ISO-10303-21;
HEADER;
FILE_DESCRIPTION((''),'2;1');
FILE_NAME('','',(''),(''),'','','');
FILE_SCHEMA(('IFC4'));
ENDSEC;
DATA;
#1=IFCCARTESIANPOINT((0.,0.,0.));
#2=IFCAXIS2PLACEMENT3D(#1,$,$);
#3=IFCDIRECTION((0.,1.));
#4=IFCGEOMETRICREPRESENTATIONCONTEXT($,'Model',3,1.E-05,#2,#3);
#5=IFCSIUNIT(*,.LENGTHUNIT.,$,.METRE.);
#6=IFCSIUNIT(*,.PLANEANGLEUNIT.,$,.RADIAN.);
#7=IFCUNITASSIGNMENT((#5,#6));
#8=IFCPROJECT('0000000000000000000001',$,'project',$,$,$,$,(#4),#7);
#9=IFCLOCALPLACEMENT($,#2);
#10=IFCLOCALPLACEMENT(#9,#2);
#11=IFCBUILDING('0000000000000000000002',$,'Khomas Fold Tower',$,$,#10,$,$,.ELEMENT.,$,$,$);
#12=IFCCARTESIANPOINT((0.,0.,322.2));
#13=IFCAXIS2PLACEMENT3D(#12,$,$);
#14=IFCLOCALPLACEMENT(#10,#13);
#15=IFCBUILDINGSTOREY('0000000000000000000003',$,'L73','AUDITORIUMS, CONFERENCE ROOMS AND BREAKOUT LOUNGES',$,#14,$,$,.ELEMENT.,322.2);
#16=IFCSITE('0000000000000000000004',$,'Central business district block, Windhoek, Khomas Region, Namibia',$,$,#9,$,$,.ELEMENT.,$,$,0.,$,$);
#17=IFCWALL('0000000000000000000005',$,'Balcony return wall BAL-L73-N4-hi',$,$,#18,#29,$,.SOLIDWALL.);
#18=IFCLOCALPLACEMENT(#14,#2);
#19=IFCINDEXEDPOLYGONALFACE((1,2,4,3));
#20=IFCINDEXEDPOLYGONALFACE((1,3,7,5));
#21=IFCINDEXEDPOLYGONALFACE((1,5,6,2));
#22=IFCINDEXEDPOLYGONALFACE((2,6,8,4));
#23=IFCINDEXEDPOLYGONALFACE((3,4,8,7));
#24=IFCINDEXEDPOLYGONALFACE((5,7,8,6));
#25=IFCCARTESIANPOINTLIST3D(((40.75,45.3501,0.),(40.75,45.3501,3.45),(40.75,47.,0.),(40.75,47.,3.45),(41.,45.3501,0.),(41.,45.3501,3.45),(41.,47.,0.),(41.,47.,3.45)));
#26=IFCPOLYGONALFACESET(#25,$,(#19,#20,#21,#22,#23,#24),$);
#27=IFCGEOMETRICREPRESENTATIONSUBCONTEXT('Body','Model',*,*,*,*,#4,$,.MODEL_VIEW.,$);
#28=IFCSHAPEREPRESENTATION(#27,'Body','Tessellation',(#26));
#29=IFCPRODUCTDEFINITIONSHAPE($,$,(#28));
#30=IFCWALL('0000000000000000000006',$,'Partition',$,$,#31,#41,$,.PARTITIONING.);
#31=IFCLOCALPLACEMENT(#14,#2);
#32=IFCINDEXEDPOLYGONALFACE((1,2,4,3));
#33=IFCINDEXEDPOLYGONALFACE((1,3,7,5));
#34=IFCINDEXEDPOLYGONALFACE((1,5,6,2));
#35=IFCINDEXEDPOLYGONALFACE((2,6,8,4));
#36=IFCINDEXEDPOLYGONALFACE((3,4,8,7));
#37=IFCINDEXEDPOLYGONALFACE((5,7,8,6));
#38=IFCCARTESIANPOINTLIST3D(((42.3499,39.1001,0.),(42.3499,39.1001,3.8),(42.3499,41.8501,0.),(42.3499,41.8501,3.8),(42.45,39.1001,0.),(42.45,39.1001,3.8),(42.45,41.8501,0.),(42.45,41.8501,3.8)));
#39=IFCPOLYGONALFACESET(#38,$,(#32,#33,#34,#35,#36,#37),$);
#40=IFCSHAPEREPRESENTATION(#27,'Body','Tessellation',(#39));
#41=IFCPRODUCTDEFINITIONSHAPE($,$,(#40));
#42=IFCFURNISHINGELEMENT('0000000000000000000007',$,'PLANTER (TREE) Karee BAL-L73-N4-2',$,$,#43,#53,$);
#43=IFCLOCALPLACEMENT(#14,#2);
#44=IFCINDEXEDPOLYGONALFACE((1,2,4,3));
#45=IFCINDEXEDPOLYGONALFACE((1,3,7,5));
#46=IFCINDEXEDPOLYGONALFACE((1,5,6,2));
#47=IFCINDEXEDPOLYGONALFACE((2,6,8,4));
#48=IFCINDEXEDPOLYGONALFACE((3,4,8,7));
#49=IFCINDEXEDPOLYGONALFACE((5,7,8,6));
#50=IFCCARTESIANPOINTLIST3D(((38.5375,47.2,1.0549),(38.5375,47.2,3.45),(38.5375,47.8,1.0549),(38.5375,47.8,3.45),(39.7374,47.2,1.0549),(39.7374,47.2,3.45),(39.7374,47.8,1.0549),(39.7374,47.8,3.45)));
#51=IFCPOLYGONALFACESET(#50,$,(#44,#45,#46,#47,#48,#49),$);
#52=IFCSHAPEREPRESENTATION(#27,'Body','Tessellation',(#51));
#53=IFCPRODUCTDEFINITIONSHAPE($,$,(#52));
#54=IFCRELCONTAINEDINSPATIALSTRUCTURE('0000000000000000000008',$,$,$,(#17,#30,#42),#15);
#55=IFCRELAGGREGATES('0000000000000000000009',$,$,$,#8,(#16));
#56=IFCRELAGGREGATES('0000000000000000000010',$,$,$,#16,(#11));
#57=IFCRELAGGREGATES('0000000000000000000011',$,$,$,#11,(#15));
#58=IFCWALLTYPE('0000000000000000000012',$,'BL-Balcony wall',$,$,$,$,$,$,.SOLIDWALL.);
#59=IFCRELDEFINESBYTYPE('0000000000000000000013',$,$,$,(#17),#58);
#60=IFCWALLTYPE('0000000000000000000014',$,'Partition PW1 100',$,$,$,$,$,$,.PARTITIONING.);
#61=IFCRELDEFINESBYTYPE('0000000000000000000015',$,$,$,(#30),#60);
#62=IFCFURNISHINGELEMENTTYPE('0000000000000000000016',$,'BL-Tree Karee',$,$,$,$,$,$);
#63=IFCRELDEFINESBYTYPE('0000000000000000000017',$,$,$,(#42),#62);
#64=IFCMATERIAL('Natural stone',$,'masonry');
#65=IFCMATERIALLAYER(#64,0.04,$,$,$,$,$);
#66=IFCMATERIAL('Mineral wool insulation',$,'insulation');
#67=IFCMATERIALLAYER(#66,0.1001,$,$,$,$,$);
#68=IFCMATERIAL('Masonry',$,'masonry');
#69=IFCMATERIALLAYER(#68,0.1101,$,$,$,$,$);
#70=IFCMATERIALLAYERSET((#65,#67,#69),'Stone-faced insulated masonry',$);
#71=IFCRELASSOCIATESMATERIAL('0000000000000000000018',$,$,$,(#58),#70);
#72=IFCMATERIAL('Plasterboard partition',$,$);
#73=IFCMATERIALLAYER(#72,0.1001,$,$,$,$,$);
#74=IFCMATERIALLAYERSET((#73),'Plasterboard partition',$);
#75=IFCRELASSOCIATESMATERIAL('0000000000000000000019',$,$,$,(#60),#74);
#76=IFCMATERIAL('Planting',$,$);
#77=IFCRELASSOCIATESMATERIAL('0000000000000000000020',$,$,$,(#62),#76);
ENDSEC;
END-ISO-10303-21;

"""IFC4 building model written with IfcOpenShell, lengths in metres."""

from ifc_helpers import new_model, si_unit, direction, frame, frame_2d, origin, origin_2d, place, context, subcontext, project, spatial, rectangle, extrude, source, transform, mapped, material, layer, layer_set, type_object, element, save


model = new_model("IFC4")

# Units and contexts
model_context = context("Model", 3, precision=1e-05, world=origin(), true_north=direction((0.0, 1.0)))
body_context = subcontext(model_context, "Body", "Model", "MODEL_VIEW")
ifc_project = project(units=[si_unit("LENGTHUNIT", "METRE"), si_unit("PLANEANGLEUNIT", "RADIAN")], contexts=[model_context])

# Site, building, storey
site_placement = place(None, origin())
site = spatial("IfcSite", under=ifc_project, at=site_placement, Name="Central business district block, Windhoek, Khomas Region, Namibia", CompositionType="ELEMENT", RefElevation=0.0)
building_placement = place(site_placement, origin())
building = spatial("IfcBuilding", under=site, at=building_placement, Name="Khomas Fold Tower", CompositionType="ELEMENT")
storey_placement = place(building_placement, frame((0.0, 0.0, 322.2)))
storey = spatial("IfcBuildingStorey", under=building, at=storey_placement, Name="L73", Description="AUDITORIUMS, CONFERENCE ROOMS AND BREAKOUT LOUNGES", CompositionType="ELEMENT", Elevation=322.2)

# Walls
ifc_material_1 = material(Name="Natural stone", Category="masonry")
ifc_layer_1 = layer(ifc_material_1, 0.04)
ifc_material_2 = material(Name="Mineral wool insulation", Category="insulation")
ifc_layer_2 = layer(ifc_material_2, 0.1001)
ifc_material_3 = material(Name="Masonry", Category="masonry")
ifc_layer_3 = layer(ifc_material_3, 0.1101)
ifc_layer_set_1 = layer_set([ifc_layer_1, ifc_layer_2, ifc_layer_3], Name="Stone-faced insulated masonry")
wall_type_1 = type_object("IfcWallType", Name="BL-Balcony wall", PredefinedType="SOLIDWALL", material=ifc_layer_set_1)
shared_shape_1 = source(origin(), body_context, "Body", "SweptSolid", [
    extrude(rectangle(XDim=1.6499, YDim=0.25, at=frame_2d((0.825, 0.0))), origin(), (0.0, 0.0, 1.0), 3.45),
])
wall_1_placement = place(storey_placement, frame((40.875, 47.0, 0.0), z_axis=(0.0, 0.0, 1.0), x_axis=(0.0, -1.0, 0.0)))
element("IfcWall", 1, at=wall_1_placement, inside=storey, type_object=wall_type_1, Name="Balcony return wall BAL-L73-N4-hi", PredefinedType="SOLIDWALL", context=body_context, shape_type="MappedRepresentation", body=[
    mapped(shared_shape_1, transform((0.0, 0.0, 0.0))),
])
ifc_material_4 = material(Name="Plasterboard partition")
ifc_layer_4 = layer(ifc_material_4, 0.1001)
ifc_layer_set_2 = layer_set([ifc_layer_4], Name="Plasterboard partition")
wall_type_2 = type_object("IfcWallType", Name="Partition PW1 100", PredefinedType="PARTITIONING", material=ifc_layer_set_2)
shared_shape_2 = source(origin(), body_context, "Body", "SweptSolid", [
    extrude(rectangle(XDim=2.75, YDim=0.1001, at=frame_2d((1.375, 0.0))), origin(), (0.0, 0.0, 1.0), 3.8),
])
wall_2_placement = place(storey_placement, frame((42.3999, 39.1001, 0.0), z_axis=(0.0, 0.0, 1.0), x_axis=(0.0, 1.0, 0.0)))
element("IfcWall", 2, at=wall_2_placement, inside=storey, type_object=wall_type_2, Name="Partition", PredefinedType="PARTITIONING", context=body_context, shape_type="MappedRepresentation", body=[
    mapped(shared_shape_2, transform((0.0, 0.0, 0.0))),
])

# Furnishing element
ifc_material_5 = material(Name="Planting")
furnishing_element_type = type_object("IfcFurnishingElementType", Name="BL-Tree Karee", material=ifc_material_5)
shared_shape_3 = source(origin(), body_context, "Body", "SweptSolid", [
    extrude(rectangle(XDim=1.2, YDim=0.6001, at=origin_2d()), origin(), (0.0, 0.0, 1.0), 2.395),
])
furnishing_placement = place(storey_placement, frame((39.1375, 47.5, 1.0549), z_axis=(0.0, 0.0, 1.0), x_axis=(1.0, 0.0, 0.0)))
element("IfcFurnishingElement", 3, at=furnishing_placement, inside=storey, type_object=furnishing_element_type, Name="PLANTER (TREE) Karee BAL-L73-N4-2", context=body_context, shape_type="MappedRepresentation", body=[
    mapped(shared_shape_3, transform((0.0, 0.0, 0.0))),
])

save(model, "model.ifc")
